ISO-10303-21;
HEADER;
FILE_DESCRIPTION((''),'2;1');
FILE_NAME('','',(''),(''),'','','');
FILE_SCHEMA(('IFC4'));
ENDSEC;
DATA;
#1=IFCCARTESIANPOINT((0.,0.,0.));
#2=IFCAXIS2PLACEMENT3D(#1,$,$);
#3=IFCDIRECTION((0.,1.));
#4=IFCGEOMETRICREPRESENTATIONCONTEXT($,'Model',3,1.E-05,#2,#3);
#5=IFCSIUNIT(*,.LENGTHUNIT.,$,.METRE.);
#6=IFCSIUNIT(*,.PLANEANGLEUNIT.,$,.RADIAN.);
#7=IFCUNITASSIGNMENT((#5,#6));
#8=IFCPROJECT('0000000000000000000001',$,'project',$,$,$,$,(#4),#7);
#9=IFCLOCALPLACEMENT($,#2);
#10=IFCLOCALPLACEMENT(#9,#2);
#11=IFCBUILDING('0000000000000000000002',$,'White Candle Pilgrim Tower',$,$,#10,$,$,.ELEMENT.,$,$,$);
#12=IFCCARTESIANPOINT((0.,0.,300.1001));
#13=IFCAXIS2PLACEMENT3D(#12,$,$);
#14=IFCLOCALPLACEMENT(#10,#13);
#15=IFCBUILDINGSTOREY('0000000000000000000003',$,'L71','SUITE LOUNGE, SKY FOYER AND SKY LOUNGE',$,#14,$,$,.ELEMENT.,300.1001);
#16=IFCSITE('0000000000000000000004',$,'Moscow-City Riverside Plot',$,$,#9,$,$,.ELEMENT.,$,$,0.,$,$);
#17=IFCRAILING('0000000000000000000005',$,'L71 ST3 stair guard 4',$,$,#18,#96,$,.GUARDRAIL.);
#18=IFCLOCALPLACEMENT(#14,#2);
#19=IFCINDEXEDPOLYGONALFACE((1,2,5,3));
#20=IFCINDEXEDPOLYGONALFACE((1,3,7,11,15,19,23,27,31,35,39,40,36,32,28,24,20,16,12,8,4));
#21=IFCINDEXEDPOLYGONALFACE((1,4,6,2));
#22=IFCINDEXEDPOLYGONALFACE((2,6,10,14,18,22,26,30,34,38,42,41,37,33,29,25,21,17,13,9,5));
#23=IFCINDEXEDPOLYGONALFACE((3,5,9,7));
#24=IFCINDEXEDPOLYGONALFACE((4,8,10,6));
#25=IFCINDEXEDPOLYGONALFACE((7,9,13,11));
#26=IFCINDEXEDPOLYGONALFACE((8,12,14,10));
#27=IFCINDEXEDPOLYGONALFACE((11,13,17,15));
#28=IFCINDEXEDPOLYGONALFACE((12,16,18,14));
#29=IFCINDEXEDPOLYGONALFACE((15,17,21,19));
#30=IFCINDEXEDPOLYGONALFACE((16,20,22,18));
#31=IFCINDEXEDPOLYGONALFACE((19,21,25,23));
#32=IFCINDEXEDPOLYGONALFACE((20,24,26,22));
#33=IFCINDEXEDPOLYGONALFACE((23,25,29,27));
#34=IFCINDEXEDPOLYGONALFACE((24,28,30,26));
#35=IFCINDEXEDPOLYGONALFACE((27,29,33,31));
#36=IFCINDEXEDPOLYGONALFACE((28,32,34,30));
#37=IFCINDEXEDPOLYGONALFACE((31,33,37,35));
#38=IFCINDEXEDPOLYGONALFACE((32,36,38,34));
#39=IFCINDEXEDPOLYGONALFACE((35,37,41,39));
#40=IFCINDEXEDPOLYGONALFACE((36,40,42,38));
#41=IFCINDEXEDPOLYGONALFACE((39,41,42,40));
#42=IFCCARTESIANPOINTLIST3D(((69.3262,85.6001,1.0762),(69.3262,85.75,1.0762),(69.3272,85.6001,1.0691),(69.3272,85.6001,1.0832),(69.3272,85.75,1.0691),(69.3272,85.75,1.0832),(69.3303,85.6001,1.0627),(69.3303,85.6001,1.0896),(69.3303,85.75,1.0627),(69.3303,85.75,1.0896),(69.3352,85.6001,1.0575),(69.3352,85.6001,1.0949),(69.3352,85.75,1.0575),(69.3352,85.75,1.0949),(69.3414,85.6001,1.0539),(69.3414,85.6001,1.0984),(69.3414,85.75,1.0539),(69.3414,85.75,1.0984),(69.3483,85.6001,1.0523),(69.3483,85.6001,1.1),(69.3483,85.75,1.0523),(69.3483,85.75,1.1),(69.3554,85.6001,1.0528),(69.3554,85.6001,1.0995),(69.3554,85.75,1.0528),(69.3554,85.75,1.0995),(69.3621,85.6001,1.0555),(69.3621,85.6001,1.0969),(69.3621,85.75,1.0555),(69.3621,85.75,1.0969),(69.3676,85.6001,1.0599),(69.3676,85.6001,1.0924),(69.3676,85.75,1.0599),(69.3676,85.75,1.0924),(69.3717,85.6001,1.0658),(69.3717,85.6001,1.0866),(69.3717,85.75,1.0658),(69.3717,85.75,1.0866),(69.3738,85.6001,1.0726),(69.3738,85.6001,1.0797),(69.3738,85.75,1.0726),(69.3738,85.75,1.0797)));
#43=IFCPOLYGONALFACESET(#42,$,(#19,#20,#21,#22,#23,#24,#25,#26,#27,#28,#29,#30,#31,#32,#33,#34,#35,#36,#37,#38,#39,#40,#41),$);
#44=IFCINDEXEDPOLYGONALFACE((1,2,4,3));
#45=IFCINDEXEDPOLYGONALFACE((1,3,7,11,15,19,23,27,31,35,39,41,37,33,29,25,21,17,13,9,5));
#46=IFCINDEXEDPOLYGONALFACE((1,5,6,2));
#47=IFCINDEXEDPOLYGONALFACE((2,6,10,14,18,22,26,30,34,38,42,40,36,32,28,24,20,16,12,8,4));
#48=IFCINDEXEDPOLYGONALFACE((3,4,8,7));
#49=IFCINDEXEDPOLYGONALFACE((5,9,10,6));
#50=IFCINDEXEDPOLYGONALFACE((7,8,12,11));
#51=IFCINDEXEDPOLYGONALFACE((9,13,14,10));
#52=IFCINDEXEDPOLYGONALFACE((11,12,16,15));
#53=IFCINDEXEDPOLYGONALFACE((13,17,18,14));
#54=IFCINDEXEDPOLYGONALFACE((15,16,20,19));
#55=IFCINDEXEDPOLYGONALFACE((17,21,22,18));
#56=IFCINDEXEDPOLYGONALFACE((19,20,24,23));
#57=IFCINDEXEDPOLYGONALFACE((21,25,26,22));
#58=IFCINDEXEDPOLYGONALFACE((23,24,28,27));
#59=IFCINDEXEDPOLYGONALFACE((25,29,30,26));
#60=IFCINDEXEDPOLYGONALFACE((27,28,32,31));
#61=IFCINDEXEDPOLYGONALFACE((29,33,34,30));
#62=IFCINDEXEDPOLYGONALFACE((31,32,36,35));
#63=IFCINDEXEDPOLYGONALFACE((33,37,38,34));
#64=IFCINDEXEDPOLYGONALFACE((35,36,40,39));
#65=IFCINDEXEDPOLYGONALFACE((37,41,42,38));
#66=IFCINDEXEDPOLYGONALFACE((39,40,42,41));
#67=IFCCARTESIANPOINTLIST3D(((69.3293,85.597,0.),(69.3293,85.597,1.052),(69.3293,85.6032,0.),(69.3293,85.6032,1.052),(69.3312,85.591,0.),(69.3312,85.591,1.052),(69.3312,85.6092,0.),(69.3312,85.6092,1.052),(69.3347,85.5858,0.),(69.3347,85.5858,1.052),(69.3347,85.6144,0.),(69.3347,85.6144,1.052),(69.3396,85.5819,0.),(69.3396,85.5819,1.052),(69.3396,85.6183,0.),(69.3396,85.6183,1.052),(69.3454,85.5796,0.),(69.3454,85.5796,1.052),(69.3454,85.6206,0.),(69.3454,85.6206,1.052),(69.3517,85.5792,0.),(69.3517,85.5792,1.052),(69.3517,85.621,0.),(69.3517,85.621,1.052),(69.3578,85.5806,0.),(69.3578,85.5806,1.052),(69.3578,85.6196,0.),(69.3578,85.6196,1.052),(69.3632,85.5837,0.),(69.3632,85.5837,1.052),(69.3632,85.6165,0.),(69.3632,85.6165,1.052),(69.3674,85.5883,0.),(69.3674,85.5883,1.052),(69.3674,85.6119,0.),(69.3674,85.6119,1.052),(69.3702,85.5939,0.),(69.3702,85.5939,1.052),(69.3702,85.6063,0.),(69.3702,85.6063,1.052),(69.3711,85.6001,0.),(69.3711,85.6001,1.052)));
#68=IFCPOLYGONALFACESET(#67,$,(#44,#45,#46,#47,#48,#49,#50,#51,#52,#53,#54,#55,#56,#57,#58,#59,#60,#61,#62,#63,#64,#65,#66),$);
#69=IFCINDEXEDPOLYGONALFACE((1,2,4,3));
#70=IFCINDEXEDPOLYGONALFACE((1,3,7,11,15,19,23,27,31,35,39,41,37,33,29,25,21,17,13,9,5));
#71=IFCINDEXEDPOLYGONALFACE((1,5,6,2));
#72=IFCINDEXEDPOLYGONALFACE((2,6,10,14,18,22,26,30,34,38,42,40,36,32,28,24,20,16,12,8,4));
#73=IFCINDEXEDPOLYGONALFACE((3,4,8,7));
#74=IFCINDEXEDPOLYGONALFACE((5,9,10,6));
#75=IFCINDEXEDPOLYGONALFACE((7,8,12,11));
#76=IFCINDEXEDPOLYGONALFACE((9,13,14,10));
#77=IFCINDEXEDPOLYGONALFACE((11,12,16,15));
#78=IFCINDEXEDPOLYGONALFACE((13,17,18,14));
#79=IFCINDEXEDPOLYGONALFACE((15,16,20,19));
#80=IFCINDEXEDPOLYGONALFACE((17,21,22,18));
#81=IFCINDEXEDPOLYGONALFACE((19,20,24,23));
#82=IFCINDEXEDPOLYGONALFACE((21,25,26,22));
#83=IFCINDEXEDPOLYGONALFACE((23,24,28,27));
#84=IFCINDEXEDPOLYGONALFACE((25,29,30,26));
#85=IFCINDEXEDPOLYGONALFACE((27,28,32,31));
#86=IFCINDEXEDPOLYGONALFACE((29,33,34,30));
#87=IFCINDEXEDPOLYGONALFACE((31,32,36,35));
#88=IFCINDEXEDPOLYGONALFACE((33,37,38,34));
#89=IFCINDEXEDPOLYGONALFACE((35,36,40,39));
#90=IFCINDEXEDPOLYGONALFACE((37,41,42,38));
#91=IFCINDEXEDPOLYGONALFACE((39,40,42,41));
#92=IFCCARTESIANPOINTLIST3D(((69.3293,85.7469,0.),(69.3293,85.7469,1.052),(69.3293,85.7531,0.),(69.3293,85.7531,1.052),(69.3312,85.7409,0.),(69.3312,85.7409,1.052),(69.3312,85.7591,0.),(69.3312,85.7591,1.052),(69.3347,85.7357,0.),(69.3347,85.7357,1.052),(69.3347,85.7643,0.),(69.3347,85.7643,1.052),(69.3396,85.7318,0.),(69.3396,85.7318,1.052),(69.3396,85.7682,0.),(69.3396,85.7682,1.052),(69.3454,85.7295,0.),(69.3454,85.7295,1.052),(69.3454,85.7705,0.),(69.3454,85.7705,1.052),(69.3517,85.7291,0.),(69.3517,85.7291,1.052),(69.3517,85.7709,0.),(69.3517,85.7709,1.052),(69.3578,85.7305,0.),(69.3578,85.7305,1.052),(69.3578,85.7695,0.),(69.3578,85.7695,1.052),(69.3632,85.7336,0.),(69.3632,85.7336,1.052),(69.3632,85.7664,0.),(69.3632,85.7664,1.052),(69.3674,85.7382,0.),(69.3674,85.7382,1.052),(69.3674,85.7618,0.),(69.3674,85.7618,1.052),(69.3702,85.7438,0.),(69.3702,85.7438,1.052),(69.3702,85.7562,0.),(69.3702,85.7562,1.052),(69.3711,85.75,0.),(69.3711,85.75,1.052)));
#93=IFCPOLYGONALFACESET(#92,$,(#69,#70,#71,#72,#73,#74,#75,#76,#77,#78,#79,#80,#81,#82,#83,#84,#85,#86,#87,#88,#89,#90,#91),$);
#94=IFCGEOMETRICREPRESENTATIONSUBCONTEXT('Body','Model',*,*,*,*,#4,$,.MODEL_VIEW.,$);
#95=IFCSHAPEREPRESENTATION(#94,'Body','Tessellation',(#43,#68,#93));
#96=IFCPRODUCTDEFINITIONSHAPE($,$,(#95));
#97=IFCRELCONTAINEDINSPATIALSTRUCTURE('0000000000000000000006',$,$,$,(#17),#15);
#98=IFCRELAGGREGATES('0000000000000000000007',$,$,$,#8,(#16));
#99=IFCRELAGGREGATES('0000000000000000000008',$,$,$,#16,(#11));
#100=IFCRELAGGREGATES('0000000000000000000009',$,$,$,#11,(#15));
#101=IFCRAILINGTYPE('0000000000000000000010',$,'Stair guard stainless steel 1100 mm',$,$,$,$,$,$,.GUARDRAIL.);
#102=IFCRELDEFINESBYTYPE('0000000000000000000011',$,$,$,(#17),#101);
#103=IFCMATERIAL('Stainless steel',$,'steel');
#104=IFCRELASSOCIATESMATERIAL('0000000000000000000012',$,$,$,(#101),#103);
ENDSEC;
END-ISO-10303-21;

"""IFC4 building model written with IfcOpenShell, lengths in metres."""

from ifc_helpers import new_model, si_unit, direction, frame, origin, origin_2d, place, context, subcontext, project, spatial, circle, extrude, material, type_object, element, save


model = new_model("IFC4")

# Units and contexts
model_context = context("Model", 3, precision=1e-05, world=origin(), true_north=direction((0.0, 1.0)))
body_context = subcontext(model_context, "Body", "Model", "MODEL_VIEW")
ifc_project = project(units=[si_unit("LENGTHUNIT", "METRE"), si_unit("PLANEANGLEUNIT", "RADIAN")], contexts=[model_context])

# Site, building, storey
site_placement = place(None, origin())
site = spatial("IfcSite", under=ifc_project, at=site_placement, Name="Moscow-City Riverside Plot", CompositionType="ELEMENT", RefElevation=0.0)
building_placement = place(site_placement, origin())
building = spatial("IfcBuilding", under=site, at=building_placement, Name="White Candle Pilgrim Tower", CompositionType="ELEMENT")
storey_placement = place(building_placement, frame((0.0, 0.0, 300.1001)))
storey = spatial("IfcBuildingStorey", under=building, at=storey_placement, Name="L71", Description="SUITE LOUNGE, SKY FOYER AND SKY LOUNGE", CompositionType="ELEMENT", Elevation=300.1001)

# Railing
ifc_material_1 = material(Name="Stainless steel", Category="steel")
railing_type_1 = type_object("IfcRailingType", Name="Stair guard stainless steel 1100 mm", PredefinedType="GUARDRAIL", material=ifc_material_1)
railing_1_placement = place(storey_placement, frame((69.3501, 85.6001, 0.0)))
element("IfcRailing", 1, at=railing_1_placement, inside=storey, type_object=railing_type_1, Name="L71 ST3 stair guard 4", PredefinedType="GUARDRAIL", context=body_context, shape_type="SweptSolid", body=[
    extrude(circle(Radius=0.0239, at=origin_2d()), frame((0.0, 0.0, 1.0762), z_axis=(0.0, 1.0, 0.0), x_axis=(-1.0, 0.0, 0.0)), (0.0, 0.0, 1.0), 0.1499),
    extrude(circle(Radius=0.021, at=origin_2d()), origin(), (0.0, 0.0, 1.0), 1.052),
    extrude(circle(Radius=0.021, at=origin_2d()), frame((0.0, 0.1499, 0.0)), (0.0, 0.0, 1.0), 1.052),
])

save(model, "model.ifc")
